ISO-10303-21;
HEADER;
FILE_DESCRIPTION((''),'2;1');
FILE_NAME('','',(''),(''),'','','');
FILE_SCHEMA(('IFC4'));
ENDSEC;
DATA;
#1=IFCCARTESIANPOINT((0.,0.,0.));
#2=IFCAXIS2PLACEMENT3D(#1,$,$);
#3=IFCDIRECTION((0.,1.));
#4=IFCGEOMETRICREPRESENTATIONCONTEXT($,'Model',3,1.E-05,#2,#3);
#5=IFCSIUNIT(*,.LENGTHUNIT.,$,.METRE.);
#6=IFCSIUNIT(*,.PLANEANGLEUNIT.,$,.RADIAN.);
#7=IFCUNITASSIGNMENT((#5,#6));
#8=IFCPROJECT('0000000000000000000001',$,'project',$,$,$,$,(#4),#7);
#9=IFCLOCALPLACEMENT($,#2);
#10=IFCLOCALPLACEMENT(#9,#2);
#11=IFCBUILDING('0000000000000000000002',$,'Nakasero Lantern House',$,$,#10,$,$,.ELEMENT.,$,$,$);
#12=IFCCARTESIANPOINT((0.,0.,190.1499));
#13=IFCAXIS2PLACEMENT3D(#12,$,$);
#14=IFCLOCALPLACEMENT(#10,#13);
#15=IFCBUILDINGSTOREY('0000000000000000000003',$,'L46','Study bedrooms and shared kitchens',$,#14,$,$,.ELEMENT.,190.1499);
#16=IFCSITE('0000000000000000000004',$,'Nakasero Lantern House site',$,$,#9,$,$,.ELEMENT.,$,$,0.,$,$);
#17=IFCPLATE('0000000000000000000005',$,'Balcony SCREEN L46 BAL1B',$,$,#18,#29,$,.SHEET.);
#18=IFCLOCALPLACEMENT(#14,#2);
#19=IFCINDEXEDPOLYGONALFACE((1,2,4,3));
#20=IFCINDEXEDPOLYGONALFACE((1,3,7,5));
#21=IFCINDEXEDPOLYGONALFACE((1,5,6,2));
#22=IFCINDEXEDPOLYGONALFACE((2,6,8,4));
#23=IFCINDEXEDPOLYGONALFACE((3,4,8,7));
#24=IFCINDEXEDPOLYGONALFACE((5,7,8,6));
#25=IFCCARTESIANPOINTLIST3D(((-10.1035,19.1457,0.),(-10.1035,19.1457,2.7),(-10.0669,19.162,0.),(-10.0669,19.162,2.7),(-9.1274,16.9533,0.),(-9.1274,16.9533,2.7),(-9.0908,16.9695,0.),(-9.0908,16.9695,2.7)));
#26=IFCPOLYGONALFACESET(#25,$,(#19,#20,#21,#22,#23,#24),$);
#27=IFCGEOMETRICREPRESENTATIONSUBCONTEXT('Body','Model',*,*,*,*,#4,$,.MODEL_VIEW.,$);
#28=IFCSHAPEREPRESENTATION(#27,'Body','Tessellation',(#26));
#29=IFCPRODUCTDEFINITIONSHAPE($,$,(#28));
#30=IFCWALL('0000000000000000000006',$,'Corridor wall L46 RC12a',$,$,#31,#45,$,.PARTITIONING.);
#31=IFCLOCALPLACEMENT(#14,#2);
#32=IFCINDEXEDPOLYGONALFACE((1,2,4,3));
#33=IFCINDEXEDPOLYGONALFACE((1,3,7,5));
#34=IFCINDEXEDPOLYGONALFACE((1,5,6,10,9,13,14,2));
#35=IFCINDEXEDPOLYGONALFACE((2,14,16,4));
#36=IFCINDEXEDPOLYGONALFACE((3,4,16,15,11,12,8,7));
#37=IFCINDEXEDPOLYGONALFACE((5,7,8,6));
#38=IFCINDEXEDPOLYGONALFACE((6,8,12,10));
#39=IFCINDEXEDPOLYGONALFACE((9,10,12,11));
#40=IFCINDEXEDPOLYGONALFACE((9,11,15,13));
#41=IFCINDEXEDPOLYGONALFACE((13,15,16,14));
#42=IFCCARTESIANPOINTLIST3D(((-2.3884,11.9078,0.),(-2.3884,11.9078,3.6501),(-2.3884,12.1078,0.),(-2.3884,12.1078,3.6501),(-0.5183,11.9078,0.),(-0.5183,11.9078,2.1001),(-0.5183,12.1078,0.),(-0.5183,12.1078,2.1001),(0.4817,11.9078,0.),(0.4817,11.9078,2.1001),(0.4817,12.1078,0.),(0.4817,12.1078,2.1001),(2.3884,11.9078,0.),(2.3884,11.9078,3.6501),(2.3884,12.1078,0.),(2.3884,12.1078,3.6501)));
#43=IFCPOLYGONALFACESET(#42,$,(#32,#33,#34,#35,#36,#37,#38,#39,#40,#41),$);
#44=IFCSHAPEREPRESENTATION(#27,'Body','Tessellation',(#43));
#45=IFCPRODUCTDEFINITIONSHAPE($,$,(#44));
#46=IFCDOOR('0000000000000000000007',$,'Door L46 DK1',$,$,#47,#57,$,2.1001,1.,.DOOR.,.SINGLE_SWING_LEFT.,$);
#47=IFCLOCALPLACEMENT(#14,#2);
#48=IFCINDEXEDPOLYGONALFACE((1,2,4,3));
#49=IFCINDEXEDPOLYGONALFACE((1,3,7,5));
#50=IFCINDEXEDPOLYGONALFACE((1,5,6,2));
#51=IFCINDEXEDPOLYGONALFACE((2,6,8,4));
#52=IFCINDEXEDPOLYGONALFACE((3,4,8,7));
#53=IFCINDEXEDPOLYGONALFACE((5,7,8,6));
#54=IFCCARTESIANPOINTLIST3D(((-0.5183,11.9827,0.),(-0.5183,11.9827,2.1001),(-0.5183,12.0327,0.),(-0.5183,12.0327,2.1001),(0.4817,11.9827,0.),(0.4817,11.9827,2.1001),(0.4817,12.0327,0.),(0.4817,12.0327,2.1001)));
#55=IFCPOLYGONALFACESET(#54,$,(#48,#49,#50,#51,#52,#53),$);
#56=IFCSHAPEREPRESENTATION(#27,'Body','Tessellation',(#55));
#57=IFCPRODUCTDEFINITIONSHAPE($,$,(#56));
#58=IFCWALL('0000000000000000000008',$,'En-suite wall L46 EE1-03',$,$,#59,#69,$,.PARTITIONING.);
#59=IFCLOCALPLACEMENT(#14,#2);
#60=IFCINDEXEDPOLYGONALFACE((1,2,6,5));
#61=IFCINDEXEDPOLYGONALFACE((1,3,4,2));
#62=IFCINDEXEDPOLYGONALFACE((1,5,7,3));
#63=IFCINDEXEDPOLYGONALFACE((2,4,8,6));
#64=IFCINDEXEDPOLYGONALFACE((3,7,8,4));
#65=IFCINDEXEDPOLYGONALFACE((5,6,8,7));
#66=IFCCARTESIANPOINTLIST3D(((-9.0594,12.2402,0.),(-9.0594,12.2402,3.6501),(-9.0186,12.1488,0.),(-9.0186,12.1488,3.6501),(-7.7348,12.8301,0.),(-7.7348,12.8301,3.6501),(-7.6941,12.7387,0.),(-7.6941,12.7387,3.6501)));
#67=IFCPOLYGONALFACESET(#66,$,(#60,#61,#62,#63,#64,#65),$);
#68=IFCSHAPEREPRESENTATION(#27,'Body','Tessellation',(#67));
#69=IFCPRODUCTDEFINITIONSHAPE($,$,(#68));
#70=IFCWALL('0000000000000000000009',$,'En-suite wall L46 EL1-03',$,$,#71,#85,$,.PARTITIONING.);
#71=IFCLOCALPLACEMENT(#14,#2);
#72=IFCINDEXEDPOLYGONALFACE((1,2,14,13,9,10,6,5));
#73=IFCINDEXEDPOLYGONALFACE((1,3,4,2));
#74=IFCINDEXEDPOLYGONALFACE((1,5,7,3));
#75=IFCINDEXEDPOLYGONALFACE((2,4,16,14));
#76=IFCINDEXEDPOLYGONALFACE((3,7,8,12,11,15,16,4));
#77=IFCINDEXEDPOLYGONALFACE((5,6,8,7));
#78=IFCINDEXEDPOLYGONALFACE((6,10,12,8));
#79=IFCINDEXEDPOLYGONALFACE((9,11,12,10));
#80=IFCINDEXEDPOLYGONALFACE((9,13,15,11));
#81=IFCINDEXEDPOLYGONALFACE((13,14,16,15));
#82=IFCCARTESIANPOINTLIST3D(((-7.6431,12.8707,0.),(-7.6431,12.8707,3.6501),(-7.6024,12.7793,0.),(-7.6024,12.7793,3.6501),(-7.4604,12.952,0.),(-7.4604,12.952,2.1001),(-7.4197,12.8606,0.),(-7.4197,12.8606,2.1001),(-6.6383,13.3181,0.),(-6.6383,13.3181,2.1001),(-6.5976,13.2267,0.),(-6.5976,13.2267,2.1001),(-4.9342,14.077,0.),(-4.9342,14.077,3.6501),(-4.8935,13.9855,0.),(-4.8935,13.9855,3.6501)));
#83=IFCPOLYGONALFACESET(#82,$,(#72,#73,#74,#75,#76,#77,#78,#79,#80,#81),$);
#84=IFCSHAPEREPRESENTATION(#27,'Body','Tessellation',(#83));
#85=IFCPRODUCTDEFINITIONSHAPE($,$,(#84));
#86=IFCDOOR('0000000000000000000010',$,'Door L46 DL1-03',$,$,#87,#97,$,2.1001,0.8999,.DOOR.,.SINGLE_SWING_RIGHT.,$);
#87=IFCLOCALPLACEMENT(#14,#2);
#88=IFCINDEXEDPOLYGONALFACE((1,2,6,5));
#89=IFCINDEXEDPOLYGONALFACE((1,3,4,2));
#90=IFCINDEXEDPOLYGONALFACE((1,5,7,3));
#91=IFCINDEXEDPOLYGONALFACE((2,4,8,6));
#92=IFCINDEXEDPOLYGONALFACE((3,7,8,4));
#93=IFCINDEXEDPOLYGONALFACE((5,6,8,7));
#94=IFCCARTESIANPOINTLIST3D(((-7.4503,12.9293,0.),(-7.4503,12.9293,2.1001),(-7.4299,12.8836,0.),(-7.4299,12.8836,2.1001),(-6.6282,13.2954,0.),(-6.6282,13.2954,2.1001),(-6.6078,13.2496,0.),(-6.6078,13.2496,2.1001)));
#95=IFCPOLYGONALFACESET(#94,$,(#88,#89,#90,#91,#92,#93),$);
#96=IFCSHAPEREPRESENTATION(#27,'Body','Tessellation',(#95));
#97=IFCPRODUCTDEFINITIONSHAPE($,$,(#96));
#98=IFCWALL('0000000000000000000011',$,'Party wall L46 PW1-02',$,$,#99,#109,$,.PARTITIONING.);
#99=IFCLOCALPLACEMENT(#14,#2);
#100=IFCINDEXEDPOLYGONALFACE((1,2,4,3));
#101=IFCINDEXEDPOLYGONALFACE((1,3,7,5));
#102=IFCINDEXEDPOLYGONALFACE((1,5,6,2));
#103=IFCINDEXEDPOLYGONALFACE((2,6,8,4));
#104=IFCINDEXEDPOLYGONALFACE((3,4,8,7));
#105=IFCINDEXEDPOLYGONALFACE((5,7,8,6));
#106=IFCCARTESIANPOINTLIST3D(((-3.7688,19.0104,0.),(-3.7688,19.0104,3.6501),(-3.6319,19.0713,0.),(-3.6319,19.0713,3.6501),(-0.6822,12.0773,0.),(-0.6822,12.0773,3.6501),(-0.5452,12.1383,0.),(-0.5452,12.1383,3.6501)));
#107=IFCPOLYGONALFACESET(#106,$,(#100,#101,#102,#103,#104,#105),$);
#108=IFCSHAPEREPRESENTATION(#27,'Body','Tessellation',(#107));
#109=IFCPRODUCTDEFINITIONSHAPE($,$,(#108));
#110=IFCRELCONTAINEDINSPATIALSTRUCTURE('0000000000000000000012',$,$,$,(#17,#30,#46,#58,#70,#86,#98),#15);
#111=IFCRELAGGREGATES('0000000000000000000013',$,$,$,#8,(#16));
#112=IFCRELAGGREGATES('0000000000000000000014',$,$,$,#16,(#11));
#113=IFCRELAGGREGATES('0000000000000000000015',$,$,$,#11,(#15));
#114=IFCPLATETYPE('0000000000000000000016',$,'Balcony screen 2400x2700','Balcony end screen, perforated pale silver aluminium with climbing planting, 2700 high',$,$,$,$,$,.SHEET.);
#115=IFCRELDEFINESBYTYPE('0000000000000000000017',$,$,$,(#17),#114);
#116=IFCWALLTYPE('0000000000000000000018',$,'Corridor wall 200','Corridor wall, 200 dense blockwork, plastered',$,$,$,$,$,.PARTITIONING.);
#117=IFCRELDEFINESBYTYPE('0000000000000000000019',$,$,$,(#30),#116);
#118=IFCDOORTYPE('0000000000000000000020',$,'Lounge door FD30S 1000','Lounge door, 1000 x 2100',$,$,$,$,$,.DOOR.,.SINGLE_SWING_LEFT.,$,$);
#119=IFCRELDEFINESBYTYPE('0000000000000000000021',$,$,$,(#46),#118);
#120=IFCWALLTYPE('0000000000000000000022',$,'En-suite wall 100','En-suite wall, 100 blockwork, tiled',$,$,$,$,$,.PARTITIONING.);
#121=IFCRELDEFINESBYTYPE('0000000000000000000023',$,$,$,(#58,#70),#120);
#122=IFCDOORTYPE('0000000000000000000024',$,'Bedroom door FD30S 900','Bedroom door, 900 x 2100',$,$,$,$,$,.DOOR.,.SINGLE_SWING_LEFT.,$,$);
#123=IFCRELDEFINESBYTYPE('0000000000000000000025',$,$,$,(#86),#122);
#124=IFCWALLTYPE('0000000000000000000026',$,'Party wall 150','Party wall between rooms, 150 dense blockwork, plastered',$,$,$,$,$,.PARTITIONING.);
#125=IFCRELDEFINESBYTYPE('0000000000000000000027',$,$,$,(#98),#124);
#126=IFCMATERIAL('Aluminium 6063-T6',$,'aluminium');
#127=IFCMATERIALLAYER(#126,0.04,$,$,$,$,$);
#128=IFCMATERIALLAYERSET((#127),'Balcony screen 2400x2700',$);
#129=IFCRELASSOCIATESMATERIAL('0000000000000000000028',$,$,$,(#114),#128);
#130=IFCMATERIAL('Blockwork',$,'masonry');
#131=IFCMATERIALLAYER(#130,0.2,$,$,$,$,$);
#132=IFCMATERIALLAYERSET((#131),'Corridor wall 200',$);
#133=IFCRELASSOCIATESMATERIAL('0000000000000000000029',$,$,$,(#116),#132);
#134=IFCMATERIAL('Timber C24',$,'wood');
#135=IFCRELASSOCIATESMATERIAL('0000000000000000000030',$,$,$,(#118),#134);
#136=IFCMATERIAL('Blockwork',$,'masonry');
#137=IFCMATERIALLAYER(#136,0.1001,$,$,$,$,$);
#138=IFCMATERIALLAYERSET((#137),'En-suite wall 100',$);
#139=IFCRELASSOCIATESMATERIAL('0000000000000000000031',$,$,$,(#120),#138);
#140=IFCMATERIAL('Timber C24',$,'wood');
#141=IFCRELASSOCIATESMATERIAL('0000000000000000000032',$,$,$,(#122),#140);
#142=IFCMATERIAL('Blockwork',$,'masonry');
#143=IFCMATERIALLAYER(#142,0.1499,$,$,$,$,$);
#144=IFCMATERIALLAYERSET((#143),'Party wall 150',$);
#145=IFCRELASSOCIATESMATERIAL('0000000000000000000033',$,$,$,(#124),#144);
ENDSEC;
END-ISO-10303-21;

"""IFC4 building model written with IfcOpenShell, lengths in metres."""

from ifc_helpers import new_model, si_unit, direction, frame, frame_2d, origin, origin_2d, place, context, subcontext, project, spatial, rectangle, extrude, material, layer, layer_set, type_object, element, fill, save


model = new_model("IFC4")

# Units and contexts
model_context = context("Model", 3, precision=1e-05, world=origin(), true_north=direction((0.0, 1.0)))
body_context = subcontext(model_context, "Body", "Model", "MODEL_VIEW")
ifc_project = project(units=[si_unit("LENGTHUNIT", "METRE"), si_unit("PLANEANGLEUNIT", "RADIAN")], contexts=[model_context])

# Site, building, storey
site_placement = place(None, origin())
site = spatial("IfcSite", under=ifc_project, at=site_placement, Name="Nakasero Lantern House site", CompositionType="ELEMENT", RefElevation=0.0)
building_placement = place(site_placement, origin())
building = spatial("IfcBuilding", under=site, at=building_placement, Name="Nakasero Lantern House", CompositionType="ELEMENT")
storey_placement = place(building_placement, frame((0.0, 0.0, 190.1499)))
storey = spatial("IfcBuildingStorey", under=building, at=storey_placement, Name="L46", Description="Study bedrooms and shared kitchens", CompositionType="ELEMENT", Elevation=190.1499)

# Plate
ifc_material_1 = material(Name="Aluminium 6063-T6", Category="aluminium")
ifc_layer_1 = layer(ifc_material_1, 0.04)
ifc_layer_set_1 = layer_set([ifc_layer_1], Name="Balcony screen 2400x2700")
plate_type_1 = type_object("IfcPlateType", Name="Balcony screen 2400x2700", Description="Balcony end screen, perforated pale silver aluminium with climbing planting, 2700 high", PredefinedType="SHEET", material=ifc_layer_set_1)
for number, where, z_axis, x_axis, name in (
    (1, (-9.5972, 18.0576, 0.0), (0.0, 0.0, 1.0), (-0.406737, 0.913545, 0.0), "Balcony SCREEN L46 BAL1B"),
):
    element("IfcPlate", number, at=place(storey_placement, frame(where, z_axis=z_axis, x_axis=x_axis)), inside=storey, type_object=plate_type_1, Name=name, PredefinedType="SHEET", context=body_context, shape_type="SweptSolid", body=[
        extrude(rectangle(XDim=2.3999, YDim=0.04, at=origin_2d()), origin(), (0.0, 0.0, 1.0), 2.7),
    ])

# Wall, opening, door
ifc_material_2 = material(Name="Blockwork", Category="masonry")
ifc_layer_2 = layer(ifc_material_2, 0.2)
ifc_layer_set_2 = layer_set([ifc_layer_2], Name="Corridor wall 200")
wall_type_1 = type_object("IfcWallType", Name="Corridor wall 200", Description="Corridor wall, 200 dense blockwork, plastered", PredefinedType="PARTITIONING", material=ifc_layer_set_2)
wall_1_placement = place(storey_placement, frame((-2.3884, 12.0078, 0.0), z_axis=(0.0, 0.0, 1.0), x_axis=(1.0, 0.0, 0.0)))
wall_1 = element("IfcWall", 2, at=wall_1_placement, inside=storey, type_object=wall_type_1, Name="Corridor wall L46 RC12a", PredefinedType="PARTITIONING", context=body_context, shape_type="SweptSolid", body=[
    extrude(rectangle(XDim=4.7769, YDim=0.2, at=frame_2d((2.3884, 0.0))), origin(), (0.0, 0.0, 1.0), 3.6501),
])
opening_1_placement = place(wall_1_placement, frame((1.8701, 0.0, 0.0)))
opening_1 = element("IfcOpeningElement", 3, at=opening_1_placement, cuts=wall_1, PredefinedType="OPENING", context=body_context, shape_type="SweptSolid", body=[
    extrude(rectangle(XDim=1.0, YDim=2.1001, at=frame_2d((0.5, 1.05))), frame((0.0, 0.1199, 0.0), z_axis=(0.0, -1.0, 0.0), x_axis=(1.0, 0.0, 0.0)), (0.0, 0.0, 1.0), 0.24),
])
ifc_material_3 = material(Name="Timber C24", Category="wood")
door_type_1 = type_object("IfcDoorType", Name="Lounge door FD30S 1000", Description="Lounge door, 1000 x 2100", OperationType="SINGLE_SWING_LEFT", PredefinedType="DOOR", material=ifc_material_3)
door_1_placement = place(opening_1_placement, origin())
door_1 = element("IfcDoor", 4, at=door_1_placement, inside=storey, type_object=door_type_1, Name="Door L46 DK1", OperationType="SINGLE_SWING_LEFT", OverallHeight=2.1001, OverallWidth=1.0, PredefinedType="DOOR", context=body_context, shape_type="SweptSolid", body=[
    extrude(rectangle(XDim=1.0, YDim=2.1001, at=frame_2d((0.5, 1.05))), frame((0.0, 0.0249, 0.0), z_axis=(0.0, -1.0, 0.0), x_axis=(1.0, 0.0, 0.0)), (0.0, 0.0, 1.0), 0.05),
])
fill(opening_1, door_1)

# Wall
ifc_material_4 = material(Name="Blockwork", Category="masonry")
ifc_layer_3 = layer(ifc_material_4, 0.1001)
ifc_layer_set_3 = layer_set([ifc_layer_3], Name="En-suite wall 100")
wall_type_2 = type_object("IfcWallType", Name="En-suite wall 100", Description="En-suite wall, 100 blockwork, tiled", PredefinedType="PARTITIONING", material=ifc_layer_set_3)
wall_2_placement = place(storey_placement, frame((-7.7144, 12.7844, 0.0), z_axis=(0.0, 0.0, 1.0), x_axis=(-0.913506, -0.406826, 0.0)))
element("IfcWall", 5, at=wall_2_placement, inside=storey, type_object=wall_type_2, Name="En-suite wall L46 EE1-03", PredefinedType="PARTITIONING", context=body_context, shape_type="SweptSolid", body=[
    extrude(rectangle(XDim=1.45, YDim=0.1001, at=frame_2d((0.7251, 0.0))), origin(), (0.0, 0.0, 1.0), 3.6501),
])

# Wall, opening, door
wall_3_placement = place(storey_placement, frame((-4.9138, 14.0312, 0.0), z_axis=(0.0, 0.0, 1.0), x_axis=(-0.913523, -0.406788, 0.0)))
wall_3 = element("IfcWall", 6, at=wall_3_placement, inside=storey, type_object=wall_type_2, Name="En-suite wall L46 EL1-03", PredefinedType="PARTITIONING", context=body_context, shape_type="SweptSolid", body=[
    extrude(rectangle(XDim=2.9653, YDim=0.1001, at=frame_2d((1.4827, 0.0))), origin(), (0.0, 0.0, 1.0), 3.6501),
])
opening_2_placement = place(wall_3_placement, frame((1.8655, 0.0, 0.0)))
opening_2 = element("IfcOpeningElement", 7, at=opening_2_placement, cuts=wall_3, PredefinedType="OPENING", context=body_context, shape_type="SweptSolid", body=[
    extrude(rectangle(XDim=0.8999, YDim=2.1001, at=frame_2d((0.45, 1.05))), frame((0.0, 0.0701, 0.0), z_axis=(0.0, -1.0, 0.0), x_axis=(1.0, 0.0, 0.0)), (0.0, 0.0, 1.0), 0.1401),
])
ifc_material_5 = material(Name="Timber C24", Category="wood")
door_type_2 = type_object("IfcDoorType", Name="Bedroom door FD30S 900", Description="Bedroom door, 900 x 2100", OperationType="SINGLE_SWING_LEFT", PredefinedType="DOOR", material=ifc_material_5)
door_2_placement = place(opening_2_placement, origin())
door_2 = element("IfcDoor", 8, at=door_2_placement, inside=storey, type_object=door_type_2, Name="Door L46 DL1-03", OperationType="SINGLE_SWING_RIGHT", OverallHeight=2.1001, OverallWidth=0.8999, PredefinedType="DOOR", context=body_context, shape_type="SweptSolid", body=[
    extrude(rectangle(XDim=0.8999, YDim=2.1001, at=frame_2d((0.45, 1.05))), frame((0.0, 0.0249, 0.0), z_axis=(0.0, -1.0, 0.0), x_axis=(1.0, 0.0, 0.0)), (0.0, 0.0, 1.0), 0.05),
])
fill(opening_2, door_2)

# Wall
ifc_material_6 = material(Name="Blockwork", Category="masonry")
ifc_layer_4 = layer(ifc_material_6, 0.1499)
ifc_layer_set_4 = layer_set([ifc_layer_4], Name="Party wall 150")
wall_type_3 = type_object("IfcWallType", Name="Party wall 150", Description="Party wall between rooms, 150 dense blockwork, plastered", PredefinedType="PARTITIONING", material=ifc_layer_set_4)
wall_4_placement = place(storey_placement, frame((-0.6138, 12.1079, 0.0), z_axis=(0.0, 0.0, 1.0), x_axis=(-0.40672, 0.913553, 0.0)))
element("IfcWall", 9, at=wall_4_placement, inside=storey, type_object=wall_type_3, Name="Party wall L46 PW1-02", PredefinedType="PARTITIONING", context=body_context, shape_type="SweptSolid", body=[
    extrude(rectangle(XDim=7.5891, YDim=0.1499, at=frame_2d((3.7944, 0.0))), origin(), (0.0, 0.0, 1.0), 3.6501),
])

save(model, "model.ifc")
